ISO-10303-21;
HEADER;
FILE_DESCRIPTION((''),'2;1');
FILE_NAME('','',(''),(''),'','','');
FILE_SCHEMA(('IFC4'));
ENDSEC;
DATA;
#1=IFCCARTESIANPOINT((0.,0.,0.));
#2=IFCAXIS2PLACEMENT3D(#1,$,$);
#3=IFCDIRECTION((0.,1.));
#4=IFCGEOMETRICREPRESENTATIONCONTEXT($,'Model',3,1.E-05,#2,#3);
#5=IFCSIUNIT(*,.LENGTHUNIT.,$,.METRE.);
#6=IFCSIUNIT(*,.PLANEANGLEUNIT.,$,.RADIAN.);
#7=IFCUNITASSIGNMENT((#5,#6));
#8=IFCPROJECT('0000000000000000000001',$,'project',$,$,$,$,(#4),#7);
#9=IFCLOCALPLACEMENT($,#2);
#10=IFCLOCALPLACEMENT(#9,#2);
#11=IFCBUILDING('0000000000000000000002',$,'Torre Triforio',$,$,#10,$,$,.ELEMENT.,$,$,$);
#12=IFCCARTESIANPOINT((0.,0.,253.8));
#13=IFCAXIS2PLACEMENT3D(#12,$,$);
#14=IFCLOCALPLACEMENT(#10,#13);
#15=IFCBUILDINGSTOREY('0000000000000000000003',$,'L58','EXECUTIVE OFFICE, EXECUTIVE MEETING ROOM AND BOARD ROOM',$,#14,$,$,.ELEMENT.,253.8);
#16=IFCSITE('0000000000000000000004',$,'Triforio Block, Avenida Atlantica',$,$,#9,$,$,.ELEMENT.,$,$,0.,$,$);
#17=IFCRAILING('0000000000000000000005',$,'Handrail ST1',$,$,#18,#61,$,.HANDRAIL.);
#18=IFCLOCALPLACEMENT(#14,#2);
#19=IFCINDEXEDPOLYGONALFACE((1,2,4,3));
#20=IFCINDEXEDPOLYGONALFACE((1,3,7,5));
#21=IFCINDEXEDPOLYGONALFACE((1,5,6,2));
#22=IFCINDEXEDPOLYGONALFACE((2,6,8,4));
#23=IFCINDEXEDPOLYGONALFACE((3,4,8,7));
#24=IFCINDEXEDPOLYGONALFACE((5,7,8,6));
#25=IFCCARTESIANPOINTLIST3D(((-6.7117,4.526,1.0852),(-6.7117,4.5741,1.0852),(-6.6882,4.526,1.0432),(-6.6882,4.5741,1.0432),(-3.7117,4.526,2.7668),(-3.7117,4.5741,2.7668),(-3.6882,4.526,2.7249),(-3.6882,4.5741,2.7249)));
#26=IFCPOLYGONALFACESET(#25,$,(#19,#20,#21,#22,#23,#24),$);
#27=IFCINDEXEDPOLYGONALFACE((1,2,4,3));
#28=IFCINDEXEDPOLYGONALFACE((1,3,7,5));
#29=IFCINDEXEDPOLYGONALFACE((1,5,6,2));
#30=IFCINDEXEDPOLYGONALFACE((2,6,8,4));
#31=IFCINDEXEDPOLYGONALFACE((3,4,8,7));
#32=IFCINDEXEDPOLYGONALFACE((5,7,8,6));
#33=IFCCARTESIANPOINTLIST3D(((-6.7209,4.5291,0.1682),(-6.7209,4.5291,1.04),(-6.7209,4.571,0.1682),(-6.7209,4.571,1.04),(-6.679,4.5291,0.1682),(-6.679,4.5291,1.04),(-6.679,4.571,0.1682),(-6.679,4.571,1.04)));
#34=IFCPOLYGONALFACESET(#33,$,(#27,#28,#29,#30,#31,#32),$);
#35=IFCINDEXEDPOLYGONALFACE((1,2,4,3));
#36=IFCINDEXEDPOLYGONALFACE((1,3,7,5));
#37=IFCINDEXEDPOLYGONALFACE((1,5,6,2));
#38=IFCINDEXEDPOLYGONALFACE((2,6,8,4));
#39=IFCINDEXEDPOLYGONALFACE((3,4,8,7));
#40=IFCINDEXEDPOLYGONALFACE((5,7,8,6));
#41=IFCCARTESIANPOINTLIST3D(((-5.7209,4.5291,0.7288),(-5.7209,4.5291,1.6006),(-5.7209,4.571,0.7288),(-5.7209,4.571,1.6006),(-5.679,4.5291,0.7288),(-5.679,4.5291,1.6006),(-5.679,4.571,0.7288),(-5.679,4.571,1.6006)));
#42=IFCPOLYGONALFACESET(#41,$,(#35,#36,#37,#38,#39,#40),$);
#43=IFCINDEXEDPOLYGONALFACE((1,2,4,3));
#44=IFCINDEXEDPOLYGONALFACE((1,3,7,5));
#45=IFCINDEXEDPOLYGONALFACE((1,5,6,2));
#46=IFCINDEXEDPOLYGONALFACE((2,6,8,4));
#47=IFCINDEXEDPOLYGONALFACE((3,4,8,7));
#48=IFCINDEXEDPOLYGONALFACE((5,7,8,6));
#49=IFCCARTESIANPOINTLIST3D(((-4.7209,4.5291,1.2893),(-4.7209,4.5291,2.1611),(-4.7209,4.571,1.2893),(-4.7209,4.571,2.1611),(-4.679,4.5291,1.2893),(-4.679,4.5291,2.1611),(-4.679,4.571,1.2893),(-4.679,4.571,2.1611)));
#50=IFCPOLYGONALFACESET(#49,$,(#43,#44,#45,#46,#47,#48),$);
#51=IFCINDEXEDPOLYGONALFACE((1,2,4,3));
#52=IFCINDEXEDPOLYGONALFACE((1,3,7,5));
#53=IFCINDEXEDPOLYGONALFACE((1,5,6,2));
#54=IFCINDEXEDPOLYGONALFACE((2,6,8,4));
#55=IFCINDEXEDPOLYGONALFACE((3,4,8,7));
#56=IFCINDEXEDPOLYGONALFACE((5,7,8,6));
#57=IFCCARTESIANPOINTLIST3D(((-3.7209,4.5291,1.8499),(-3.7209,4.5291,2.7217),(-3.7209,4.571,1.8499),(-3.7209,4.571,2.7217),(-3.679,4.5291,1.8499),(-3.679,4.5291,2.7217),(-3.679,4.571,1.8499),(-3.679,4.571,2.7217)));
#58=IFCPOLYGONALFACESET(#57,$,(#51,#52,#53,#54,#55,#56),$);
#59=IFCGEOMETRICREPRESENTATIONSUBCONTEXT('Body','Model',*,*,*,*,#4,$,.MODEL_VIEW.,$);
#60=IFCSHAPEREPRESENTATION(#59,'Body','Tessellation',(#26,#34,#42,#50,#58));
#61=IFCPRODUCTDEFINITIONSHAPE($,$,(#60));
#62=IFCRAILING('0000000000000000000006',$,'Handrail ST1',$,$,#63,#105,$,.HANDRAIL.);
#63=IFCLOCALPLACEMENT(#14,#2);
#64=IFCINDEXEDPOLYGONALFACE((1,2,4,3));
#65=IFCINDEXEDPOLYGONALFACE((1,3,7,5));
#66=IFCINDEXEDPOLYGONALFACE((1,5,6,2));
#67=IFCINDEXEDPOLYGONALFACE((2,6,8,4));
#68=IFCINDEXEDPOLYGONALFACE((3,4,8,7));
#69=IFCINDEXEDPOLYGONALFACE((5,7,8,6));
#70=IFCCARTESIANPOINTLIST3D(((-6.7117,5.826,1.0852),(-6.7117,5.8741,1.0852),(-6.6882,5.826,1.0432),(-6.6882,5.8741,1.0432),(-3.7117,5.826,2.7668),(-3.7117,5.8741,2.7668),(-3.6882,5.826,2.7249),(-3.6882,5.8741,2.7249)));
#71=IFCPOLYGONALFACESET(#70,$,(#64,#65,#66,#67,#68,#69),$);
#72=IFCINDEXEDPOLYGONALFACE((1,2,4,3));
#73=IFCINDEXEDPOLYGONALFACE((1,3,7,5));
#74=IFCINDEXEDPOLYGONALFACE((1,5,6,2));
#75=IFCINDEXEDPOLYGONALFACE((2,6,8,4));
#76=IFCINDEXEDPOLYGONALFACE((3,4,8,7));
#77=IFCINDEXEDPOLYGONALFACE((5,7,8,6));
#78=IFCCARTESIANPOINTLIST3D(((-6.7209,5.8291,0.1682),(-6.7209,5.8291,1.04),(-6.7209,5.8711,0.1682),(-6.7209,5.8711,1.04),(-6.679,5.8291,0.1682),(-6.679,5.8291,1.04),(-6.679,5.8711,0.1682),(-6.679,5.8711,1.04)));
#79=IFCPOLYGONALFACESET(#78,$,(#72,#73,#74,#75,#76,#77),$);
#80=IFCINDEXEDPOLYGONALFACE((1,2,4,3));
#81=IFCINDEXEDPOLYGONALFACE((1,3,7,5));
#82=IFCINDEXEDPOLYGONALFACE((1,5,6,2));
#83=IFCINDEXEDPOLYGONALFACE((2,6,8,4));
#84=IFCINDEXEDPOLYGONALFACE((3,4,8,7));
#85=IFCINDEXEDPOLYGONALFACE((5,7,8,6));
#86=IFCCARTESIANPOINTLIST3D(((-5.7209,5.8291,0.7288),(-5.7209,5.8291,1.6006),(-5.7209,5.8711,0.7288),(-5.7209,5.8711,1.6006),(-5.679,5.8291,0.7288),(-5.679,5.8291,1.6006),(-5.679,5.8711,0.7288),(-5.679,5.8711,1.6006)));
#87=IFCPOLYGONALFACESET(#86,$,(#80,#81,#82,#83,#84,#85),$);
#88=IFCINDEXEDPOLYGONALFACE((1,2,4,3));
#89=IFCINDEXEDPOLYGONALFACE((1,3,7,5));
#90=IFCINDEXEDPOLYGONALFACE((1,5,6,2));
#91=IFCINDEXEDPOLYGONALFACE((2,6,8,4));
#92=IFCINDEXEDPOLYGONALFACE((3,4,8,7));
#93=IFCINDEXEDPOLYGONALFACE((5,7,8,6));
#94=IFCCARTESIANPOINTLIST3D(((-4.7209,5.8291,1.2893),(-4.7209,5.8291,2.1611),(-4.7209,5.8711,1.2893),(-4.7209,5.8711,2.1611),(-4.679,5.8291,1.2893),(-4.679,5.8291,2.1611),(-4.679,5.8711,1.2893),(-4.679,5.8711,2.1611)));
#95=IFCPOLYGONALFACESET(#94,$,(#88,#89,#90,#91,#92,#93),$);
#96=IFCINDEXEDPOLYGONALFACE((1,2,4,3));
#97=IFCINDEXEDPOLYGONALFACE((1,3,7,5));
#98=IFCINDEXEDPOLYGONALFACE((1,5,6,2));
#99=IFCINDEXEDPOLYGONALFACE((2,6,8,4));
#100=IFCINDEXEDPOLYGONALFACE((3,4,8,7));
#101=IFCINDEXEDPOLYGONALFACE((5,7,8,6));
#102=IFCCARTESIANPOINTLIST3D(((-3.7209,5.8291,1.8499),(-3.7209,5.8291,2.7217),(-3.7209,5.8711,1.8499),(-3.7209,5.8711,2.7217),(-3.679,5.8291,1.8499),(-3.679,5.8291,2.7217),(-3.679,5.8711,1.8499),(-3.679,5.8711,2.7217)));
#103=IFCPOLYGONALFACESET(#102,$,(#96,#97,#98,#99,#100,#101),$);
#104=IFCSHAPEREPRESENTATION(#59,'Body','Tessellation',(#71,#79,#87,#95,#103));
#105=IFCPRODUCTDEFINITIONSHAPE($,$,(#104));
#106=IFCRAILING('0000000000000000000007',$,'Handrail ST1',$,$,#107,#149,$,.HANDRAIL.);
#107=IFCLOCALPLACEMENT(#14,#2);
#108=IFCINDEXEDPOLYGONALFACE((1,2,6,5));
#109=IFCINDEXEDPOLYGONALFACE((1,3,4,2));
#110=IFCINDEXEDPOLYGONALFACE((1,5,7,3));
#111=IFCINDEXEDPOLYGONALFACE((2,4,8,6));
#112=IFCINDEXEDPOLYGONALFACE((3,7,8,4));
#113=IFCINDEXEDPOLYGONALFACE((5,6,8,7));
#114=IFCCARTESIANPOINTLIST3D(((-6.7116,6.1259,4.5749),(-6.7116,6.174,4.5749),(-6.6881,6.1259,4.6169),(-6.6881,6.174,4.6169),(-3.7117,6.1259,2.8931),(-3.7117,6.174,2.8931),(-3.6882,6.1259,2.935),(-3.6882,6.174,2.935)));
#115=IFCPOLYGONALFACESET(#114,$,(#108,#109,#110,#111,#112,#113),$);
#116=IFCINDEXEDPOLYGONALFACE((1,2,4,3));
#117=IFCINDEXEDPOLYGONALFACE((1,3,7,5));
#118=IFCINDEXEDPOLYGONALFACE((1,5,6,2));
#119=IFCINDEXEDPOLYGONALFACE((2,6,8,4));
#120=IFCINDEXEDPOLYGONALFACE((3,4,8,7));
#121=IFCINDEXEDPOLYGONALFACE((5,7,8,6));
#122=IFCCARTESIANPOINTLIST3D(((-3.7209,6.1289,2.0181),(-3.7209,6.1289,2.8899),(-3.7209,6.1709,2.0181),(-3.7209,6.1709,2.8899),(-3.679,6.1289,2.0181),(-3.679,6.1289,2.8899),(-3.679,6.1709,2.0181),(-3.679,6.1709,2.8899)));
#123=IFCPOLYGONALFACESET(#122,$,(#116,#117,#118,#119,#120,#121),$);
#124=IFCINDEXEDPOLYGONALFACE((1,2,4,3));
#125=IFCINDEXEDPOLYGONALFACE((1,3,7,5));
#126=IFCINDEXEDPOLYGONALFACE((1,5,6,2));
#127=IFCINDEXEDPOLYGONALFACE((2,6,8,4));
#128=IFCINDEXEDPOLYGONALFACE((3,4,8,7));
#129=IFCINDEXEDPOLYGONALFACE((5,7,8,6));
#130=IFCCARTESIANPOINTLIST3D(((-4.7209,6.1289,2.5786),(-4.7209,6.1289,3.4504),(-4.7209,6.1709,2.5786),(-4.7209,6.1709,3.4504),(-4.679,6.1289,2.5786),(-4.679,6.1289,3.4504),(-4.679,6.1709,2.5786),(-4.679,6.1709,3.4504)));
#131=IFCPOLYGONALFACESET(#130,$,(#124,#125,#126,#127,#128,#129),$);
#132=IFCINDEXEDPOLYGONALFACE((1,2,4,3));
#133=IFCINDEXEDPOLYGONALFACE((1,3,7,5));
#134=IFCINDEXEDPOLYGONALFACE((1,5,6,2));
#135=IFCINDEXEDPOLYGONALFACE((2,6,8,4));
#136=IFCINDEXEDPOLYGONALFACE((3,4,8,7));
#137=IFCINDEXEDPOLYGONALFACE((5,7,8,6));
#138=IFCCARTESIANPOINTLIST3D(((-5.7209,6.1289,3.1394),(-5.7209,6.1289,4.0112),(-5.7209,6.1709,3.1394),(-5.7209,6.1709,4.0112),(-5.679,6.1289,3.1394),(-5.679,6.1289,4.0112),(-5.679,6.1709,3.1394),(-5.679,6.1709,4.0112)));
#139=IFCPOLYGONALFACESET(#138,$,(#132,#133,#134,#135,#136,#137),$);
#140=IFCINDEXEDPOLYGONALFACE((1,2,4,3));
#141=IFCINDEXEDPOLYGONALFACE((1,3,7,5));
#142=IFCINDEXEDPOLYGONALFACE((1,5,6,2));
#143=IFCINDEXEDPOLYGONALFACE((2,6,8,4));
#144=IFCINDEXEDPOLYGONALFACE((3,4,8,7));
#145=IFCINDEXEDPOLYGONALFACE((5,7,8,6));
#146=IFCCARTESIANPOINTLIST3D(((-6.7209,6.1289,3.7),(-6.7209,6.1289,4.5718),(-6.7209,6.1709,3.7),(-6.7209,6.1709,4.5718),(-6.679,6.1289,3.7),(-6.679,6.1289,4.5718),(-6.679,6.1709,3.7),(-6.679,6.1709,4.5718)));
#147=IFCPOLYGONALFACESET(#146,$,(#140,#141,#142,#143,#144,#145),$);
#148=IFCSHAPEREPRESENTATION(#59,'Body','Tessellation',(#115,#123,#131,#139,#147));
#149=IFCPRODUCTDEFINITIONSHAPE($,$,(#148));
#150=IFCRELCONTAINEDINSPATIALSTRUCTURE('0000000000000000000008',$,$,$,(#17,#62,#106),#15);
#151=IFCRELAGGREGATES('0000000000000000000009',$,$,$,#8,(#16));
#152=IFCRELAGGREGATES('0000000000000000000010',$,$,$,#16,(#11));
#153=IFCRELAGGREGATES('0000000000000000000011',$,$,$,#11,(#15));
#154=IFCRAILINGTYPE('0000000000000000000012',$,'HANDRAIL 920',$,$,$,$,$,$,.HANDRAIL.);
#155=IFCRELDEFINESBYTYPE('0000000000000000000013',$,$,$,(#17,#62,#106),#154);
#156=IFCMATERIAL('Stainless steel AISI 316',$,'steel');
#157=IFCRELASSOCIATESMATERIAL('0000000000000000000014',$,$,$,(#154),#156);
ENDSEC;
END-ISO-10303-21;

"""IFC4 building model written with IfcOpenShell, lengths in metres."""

from ifc_helpers import new_model, si_unit, direction, frame, origin, origin_2d, place, context, subcontext, project, spatial, rectangle, extrude, material, type_object, element, save


model = new_model("IFC4")

# Units and contexts
model_context = context("Model", 3, precision=1e-05, world=origin(), true_north=direction((0.0, 1.0)))
body_context = subcontext(model_context, "Body", "Model", "MODEL_VIEW")
ifc_project = project(units=[si_unit("LENGTHUNIT", "METRE"), si_unit("PLANEANGLEUNIT", "RADIAN")], contexts=[model_context])

# Site, building, storey
site_placement = place(None, origin())
site = spatial("IfcSite", under=ifc_project, at=site_placement, Name="Triforio Block, Avenida Atlantica", CompositionType="ELEMENT", RefElevation=0.0)
building_placement = place(site_placement, origin())
building = spatial("IfcBuilding", under=site, at=building_placement, Name="Torre Triforio", CompositionType="ELEMENT")
storey_placement = place(building_placement, frame((0.0, 0.0, 253.8)))
storey = spatial("IfcBuildingStorey", under=building, at=storey_placement, Name="L58", Description="EXECUTIVE OFFICE, EXECUTIVE MEETING ROOM AND BOARD ROOM", CompositionType="ELEMENT", Elevation=253.8)

# Railings
ifc_material_1 = material(Name="Stainless steel AISI 316", Category="steel")
railing_type = type_object("IfcRailingType", Name="HANDRAIL 920", PredefinedType="HANDRAIL", material=ifc_material_1)
for number, where, name in (
    (1, (-6.7, 4.55, 0.1682), "Handrail ST1"),
    (2, (-6.7, 5.8501, 0.1682), "Handrail ST1"),
):
    element("IfcRailing", number, at=place(storey_placement, frame(where)), inside=storey, type_object=railing_type, Name=name, PredefinedType="HANDRAIL", context=body_context, shape_type="SweptSolid", body=[
        extrude(rectangle(XDim=0.0481, YDim=0.0481, at=origin_2d()), frame((0.0, 0.0, 0.896), z_axis=(0.872303, 0.0, 0.488966), x_axis=(0.0, 1.0, 0.0)), (0.0, 0.0, 1.0), 3.4392),
        extrude(rectangle(XDim=0.042, YDim=0.042, at=origin_2d()), origin(), (0.0, 0.0, 1.0), 0.8718),
        extrude(rectangle(XDim=0.042, YDim=0.042, at=origin_2d()), frame((1.0, 0.0, 0.5605)), (0.0, 0.0, 1.0), 0.8718),
        extrude(rectangle(XDim=0.042, YDim=0.042, at=origin_2d()), frame((2.0, 0.0, 1.1211)), (0.0, 0.0, 1.0), 0.8718),
        extrude(rectangle(XDim=0.042, YDim=0.042, at=origin_2d()), frame((3.0, 0.0, 1.6816)), (0.0, 0.0, 1.0), 0.8718),
    ])
railing_placement = place(storey_placement, frame((-3.7, 6.1499, 2.0181)))
element("IfcRailing", 3, at=railing_placement, inside=storey, type_object=railing_type, Name="Handrail ST1", PredefinedType="HANDRAIL", context=body_context, shape_type="SweptSolid", body=[
    extrude(rectangle(XDim=0.0481, YDim=0.0481, at=origin_2d()), frame((0.0, 0.0, 0.896), z_axis=(-0.872272, 0.0, 0.48902), x_axis=(0.0, -1.0, 0.0)), (0.0, 0.0, 1.0), 3.4392),
    extrude(rectangle(XDim=0.042, YDim=0.042, at=origin_2d()), origin(), (0.0, 0.0, 1.0), 0.8718),
    extrude(rectangle(XDim=0.042, YDim=0.042, at=origin_2d()), frame((-1.0, 0.0, 0.5605)), (0.0, 0.0, 1.0), 0.8718),
    extrude(rectangle(XDim=0.042, YDim=0.042, at=origin_2d()), frame((-2.0, 0.0, 1.1213)), (0.0, 0.0, 1.0), 0.8718),
    extrude(rectangle(XDim=0.042, YDim=0.042, at=origin_2d()), frame((-3.0, 0.0, 1.6819)), (0.0, 0.0, 1.0), 0.8718),
])

save(model, "model.ifc")
